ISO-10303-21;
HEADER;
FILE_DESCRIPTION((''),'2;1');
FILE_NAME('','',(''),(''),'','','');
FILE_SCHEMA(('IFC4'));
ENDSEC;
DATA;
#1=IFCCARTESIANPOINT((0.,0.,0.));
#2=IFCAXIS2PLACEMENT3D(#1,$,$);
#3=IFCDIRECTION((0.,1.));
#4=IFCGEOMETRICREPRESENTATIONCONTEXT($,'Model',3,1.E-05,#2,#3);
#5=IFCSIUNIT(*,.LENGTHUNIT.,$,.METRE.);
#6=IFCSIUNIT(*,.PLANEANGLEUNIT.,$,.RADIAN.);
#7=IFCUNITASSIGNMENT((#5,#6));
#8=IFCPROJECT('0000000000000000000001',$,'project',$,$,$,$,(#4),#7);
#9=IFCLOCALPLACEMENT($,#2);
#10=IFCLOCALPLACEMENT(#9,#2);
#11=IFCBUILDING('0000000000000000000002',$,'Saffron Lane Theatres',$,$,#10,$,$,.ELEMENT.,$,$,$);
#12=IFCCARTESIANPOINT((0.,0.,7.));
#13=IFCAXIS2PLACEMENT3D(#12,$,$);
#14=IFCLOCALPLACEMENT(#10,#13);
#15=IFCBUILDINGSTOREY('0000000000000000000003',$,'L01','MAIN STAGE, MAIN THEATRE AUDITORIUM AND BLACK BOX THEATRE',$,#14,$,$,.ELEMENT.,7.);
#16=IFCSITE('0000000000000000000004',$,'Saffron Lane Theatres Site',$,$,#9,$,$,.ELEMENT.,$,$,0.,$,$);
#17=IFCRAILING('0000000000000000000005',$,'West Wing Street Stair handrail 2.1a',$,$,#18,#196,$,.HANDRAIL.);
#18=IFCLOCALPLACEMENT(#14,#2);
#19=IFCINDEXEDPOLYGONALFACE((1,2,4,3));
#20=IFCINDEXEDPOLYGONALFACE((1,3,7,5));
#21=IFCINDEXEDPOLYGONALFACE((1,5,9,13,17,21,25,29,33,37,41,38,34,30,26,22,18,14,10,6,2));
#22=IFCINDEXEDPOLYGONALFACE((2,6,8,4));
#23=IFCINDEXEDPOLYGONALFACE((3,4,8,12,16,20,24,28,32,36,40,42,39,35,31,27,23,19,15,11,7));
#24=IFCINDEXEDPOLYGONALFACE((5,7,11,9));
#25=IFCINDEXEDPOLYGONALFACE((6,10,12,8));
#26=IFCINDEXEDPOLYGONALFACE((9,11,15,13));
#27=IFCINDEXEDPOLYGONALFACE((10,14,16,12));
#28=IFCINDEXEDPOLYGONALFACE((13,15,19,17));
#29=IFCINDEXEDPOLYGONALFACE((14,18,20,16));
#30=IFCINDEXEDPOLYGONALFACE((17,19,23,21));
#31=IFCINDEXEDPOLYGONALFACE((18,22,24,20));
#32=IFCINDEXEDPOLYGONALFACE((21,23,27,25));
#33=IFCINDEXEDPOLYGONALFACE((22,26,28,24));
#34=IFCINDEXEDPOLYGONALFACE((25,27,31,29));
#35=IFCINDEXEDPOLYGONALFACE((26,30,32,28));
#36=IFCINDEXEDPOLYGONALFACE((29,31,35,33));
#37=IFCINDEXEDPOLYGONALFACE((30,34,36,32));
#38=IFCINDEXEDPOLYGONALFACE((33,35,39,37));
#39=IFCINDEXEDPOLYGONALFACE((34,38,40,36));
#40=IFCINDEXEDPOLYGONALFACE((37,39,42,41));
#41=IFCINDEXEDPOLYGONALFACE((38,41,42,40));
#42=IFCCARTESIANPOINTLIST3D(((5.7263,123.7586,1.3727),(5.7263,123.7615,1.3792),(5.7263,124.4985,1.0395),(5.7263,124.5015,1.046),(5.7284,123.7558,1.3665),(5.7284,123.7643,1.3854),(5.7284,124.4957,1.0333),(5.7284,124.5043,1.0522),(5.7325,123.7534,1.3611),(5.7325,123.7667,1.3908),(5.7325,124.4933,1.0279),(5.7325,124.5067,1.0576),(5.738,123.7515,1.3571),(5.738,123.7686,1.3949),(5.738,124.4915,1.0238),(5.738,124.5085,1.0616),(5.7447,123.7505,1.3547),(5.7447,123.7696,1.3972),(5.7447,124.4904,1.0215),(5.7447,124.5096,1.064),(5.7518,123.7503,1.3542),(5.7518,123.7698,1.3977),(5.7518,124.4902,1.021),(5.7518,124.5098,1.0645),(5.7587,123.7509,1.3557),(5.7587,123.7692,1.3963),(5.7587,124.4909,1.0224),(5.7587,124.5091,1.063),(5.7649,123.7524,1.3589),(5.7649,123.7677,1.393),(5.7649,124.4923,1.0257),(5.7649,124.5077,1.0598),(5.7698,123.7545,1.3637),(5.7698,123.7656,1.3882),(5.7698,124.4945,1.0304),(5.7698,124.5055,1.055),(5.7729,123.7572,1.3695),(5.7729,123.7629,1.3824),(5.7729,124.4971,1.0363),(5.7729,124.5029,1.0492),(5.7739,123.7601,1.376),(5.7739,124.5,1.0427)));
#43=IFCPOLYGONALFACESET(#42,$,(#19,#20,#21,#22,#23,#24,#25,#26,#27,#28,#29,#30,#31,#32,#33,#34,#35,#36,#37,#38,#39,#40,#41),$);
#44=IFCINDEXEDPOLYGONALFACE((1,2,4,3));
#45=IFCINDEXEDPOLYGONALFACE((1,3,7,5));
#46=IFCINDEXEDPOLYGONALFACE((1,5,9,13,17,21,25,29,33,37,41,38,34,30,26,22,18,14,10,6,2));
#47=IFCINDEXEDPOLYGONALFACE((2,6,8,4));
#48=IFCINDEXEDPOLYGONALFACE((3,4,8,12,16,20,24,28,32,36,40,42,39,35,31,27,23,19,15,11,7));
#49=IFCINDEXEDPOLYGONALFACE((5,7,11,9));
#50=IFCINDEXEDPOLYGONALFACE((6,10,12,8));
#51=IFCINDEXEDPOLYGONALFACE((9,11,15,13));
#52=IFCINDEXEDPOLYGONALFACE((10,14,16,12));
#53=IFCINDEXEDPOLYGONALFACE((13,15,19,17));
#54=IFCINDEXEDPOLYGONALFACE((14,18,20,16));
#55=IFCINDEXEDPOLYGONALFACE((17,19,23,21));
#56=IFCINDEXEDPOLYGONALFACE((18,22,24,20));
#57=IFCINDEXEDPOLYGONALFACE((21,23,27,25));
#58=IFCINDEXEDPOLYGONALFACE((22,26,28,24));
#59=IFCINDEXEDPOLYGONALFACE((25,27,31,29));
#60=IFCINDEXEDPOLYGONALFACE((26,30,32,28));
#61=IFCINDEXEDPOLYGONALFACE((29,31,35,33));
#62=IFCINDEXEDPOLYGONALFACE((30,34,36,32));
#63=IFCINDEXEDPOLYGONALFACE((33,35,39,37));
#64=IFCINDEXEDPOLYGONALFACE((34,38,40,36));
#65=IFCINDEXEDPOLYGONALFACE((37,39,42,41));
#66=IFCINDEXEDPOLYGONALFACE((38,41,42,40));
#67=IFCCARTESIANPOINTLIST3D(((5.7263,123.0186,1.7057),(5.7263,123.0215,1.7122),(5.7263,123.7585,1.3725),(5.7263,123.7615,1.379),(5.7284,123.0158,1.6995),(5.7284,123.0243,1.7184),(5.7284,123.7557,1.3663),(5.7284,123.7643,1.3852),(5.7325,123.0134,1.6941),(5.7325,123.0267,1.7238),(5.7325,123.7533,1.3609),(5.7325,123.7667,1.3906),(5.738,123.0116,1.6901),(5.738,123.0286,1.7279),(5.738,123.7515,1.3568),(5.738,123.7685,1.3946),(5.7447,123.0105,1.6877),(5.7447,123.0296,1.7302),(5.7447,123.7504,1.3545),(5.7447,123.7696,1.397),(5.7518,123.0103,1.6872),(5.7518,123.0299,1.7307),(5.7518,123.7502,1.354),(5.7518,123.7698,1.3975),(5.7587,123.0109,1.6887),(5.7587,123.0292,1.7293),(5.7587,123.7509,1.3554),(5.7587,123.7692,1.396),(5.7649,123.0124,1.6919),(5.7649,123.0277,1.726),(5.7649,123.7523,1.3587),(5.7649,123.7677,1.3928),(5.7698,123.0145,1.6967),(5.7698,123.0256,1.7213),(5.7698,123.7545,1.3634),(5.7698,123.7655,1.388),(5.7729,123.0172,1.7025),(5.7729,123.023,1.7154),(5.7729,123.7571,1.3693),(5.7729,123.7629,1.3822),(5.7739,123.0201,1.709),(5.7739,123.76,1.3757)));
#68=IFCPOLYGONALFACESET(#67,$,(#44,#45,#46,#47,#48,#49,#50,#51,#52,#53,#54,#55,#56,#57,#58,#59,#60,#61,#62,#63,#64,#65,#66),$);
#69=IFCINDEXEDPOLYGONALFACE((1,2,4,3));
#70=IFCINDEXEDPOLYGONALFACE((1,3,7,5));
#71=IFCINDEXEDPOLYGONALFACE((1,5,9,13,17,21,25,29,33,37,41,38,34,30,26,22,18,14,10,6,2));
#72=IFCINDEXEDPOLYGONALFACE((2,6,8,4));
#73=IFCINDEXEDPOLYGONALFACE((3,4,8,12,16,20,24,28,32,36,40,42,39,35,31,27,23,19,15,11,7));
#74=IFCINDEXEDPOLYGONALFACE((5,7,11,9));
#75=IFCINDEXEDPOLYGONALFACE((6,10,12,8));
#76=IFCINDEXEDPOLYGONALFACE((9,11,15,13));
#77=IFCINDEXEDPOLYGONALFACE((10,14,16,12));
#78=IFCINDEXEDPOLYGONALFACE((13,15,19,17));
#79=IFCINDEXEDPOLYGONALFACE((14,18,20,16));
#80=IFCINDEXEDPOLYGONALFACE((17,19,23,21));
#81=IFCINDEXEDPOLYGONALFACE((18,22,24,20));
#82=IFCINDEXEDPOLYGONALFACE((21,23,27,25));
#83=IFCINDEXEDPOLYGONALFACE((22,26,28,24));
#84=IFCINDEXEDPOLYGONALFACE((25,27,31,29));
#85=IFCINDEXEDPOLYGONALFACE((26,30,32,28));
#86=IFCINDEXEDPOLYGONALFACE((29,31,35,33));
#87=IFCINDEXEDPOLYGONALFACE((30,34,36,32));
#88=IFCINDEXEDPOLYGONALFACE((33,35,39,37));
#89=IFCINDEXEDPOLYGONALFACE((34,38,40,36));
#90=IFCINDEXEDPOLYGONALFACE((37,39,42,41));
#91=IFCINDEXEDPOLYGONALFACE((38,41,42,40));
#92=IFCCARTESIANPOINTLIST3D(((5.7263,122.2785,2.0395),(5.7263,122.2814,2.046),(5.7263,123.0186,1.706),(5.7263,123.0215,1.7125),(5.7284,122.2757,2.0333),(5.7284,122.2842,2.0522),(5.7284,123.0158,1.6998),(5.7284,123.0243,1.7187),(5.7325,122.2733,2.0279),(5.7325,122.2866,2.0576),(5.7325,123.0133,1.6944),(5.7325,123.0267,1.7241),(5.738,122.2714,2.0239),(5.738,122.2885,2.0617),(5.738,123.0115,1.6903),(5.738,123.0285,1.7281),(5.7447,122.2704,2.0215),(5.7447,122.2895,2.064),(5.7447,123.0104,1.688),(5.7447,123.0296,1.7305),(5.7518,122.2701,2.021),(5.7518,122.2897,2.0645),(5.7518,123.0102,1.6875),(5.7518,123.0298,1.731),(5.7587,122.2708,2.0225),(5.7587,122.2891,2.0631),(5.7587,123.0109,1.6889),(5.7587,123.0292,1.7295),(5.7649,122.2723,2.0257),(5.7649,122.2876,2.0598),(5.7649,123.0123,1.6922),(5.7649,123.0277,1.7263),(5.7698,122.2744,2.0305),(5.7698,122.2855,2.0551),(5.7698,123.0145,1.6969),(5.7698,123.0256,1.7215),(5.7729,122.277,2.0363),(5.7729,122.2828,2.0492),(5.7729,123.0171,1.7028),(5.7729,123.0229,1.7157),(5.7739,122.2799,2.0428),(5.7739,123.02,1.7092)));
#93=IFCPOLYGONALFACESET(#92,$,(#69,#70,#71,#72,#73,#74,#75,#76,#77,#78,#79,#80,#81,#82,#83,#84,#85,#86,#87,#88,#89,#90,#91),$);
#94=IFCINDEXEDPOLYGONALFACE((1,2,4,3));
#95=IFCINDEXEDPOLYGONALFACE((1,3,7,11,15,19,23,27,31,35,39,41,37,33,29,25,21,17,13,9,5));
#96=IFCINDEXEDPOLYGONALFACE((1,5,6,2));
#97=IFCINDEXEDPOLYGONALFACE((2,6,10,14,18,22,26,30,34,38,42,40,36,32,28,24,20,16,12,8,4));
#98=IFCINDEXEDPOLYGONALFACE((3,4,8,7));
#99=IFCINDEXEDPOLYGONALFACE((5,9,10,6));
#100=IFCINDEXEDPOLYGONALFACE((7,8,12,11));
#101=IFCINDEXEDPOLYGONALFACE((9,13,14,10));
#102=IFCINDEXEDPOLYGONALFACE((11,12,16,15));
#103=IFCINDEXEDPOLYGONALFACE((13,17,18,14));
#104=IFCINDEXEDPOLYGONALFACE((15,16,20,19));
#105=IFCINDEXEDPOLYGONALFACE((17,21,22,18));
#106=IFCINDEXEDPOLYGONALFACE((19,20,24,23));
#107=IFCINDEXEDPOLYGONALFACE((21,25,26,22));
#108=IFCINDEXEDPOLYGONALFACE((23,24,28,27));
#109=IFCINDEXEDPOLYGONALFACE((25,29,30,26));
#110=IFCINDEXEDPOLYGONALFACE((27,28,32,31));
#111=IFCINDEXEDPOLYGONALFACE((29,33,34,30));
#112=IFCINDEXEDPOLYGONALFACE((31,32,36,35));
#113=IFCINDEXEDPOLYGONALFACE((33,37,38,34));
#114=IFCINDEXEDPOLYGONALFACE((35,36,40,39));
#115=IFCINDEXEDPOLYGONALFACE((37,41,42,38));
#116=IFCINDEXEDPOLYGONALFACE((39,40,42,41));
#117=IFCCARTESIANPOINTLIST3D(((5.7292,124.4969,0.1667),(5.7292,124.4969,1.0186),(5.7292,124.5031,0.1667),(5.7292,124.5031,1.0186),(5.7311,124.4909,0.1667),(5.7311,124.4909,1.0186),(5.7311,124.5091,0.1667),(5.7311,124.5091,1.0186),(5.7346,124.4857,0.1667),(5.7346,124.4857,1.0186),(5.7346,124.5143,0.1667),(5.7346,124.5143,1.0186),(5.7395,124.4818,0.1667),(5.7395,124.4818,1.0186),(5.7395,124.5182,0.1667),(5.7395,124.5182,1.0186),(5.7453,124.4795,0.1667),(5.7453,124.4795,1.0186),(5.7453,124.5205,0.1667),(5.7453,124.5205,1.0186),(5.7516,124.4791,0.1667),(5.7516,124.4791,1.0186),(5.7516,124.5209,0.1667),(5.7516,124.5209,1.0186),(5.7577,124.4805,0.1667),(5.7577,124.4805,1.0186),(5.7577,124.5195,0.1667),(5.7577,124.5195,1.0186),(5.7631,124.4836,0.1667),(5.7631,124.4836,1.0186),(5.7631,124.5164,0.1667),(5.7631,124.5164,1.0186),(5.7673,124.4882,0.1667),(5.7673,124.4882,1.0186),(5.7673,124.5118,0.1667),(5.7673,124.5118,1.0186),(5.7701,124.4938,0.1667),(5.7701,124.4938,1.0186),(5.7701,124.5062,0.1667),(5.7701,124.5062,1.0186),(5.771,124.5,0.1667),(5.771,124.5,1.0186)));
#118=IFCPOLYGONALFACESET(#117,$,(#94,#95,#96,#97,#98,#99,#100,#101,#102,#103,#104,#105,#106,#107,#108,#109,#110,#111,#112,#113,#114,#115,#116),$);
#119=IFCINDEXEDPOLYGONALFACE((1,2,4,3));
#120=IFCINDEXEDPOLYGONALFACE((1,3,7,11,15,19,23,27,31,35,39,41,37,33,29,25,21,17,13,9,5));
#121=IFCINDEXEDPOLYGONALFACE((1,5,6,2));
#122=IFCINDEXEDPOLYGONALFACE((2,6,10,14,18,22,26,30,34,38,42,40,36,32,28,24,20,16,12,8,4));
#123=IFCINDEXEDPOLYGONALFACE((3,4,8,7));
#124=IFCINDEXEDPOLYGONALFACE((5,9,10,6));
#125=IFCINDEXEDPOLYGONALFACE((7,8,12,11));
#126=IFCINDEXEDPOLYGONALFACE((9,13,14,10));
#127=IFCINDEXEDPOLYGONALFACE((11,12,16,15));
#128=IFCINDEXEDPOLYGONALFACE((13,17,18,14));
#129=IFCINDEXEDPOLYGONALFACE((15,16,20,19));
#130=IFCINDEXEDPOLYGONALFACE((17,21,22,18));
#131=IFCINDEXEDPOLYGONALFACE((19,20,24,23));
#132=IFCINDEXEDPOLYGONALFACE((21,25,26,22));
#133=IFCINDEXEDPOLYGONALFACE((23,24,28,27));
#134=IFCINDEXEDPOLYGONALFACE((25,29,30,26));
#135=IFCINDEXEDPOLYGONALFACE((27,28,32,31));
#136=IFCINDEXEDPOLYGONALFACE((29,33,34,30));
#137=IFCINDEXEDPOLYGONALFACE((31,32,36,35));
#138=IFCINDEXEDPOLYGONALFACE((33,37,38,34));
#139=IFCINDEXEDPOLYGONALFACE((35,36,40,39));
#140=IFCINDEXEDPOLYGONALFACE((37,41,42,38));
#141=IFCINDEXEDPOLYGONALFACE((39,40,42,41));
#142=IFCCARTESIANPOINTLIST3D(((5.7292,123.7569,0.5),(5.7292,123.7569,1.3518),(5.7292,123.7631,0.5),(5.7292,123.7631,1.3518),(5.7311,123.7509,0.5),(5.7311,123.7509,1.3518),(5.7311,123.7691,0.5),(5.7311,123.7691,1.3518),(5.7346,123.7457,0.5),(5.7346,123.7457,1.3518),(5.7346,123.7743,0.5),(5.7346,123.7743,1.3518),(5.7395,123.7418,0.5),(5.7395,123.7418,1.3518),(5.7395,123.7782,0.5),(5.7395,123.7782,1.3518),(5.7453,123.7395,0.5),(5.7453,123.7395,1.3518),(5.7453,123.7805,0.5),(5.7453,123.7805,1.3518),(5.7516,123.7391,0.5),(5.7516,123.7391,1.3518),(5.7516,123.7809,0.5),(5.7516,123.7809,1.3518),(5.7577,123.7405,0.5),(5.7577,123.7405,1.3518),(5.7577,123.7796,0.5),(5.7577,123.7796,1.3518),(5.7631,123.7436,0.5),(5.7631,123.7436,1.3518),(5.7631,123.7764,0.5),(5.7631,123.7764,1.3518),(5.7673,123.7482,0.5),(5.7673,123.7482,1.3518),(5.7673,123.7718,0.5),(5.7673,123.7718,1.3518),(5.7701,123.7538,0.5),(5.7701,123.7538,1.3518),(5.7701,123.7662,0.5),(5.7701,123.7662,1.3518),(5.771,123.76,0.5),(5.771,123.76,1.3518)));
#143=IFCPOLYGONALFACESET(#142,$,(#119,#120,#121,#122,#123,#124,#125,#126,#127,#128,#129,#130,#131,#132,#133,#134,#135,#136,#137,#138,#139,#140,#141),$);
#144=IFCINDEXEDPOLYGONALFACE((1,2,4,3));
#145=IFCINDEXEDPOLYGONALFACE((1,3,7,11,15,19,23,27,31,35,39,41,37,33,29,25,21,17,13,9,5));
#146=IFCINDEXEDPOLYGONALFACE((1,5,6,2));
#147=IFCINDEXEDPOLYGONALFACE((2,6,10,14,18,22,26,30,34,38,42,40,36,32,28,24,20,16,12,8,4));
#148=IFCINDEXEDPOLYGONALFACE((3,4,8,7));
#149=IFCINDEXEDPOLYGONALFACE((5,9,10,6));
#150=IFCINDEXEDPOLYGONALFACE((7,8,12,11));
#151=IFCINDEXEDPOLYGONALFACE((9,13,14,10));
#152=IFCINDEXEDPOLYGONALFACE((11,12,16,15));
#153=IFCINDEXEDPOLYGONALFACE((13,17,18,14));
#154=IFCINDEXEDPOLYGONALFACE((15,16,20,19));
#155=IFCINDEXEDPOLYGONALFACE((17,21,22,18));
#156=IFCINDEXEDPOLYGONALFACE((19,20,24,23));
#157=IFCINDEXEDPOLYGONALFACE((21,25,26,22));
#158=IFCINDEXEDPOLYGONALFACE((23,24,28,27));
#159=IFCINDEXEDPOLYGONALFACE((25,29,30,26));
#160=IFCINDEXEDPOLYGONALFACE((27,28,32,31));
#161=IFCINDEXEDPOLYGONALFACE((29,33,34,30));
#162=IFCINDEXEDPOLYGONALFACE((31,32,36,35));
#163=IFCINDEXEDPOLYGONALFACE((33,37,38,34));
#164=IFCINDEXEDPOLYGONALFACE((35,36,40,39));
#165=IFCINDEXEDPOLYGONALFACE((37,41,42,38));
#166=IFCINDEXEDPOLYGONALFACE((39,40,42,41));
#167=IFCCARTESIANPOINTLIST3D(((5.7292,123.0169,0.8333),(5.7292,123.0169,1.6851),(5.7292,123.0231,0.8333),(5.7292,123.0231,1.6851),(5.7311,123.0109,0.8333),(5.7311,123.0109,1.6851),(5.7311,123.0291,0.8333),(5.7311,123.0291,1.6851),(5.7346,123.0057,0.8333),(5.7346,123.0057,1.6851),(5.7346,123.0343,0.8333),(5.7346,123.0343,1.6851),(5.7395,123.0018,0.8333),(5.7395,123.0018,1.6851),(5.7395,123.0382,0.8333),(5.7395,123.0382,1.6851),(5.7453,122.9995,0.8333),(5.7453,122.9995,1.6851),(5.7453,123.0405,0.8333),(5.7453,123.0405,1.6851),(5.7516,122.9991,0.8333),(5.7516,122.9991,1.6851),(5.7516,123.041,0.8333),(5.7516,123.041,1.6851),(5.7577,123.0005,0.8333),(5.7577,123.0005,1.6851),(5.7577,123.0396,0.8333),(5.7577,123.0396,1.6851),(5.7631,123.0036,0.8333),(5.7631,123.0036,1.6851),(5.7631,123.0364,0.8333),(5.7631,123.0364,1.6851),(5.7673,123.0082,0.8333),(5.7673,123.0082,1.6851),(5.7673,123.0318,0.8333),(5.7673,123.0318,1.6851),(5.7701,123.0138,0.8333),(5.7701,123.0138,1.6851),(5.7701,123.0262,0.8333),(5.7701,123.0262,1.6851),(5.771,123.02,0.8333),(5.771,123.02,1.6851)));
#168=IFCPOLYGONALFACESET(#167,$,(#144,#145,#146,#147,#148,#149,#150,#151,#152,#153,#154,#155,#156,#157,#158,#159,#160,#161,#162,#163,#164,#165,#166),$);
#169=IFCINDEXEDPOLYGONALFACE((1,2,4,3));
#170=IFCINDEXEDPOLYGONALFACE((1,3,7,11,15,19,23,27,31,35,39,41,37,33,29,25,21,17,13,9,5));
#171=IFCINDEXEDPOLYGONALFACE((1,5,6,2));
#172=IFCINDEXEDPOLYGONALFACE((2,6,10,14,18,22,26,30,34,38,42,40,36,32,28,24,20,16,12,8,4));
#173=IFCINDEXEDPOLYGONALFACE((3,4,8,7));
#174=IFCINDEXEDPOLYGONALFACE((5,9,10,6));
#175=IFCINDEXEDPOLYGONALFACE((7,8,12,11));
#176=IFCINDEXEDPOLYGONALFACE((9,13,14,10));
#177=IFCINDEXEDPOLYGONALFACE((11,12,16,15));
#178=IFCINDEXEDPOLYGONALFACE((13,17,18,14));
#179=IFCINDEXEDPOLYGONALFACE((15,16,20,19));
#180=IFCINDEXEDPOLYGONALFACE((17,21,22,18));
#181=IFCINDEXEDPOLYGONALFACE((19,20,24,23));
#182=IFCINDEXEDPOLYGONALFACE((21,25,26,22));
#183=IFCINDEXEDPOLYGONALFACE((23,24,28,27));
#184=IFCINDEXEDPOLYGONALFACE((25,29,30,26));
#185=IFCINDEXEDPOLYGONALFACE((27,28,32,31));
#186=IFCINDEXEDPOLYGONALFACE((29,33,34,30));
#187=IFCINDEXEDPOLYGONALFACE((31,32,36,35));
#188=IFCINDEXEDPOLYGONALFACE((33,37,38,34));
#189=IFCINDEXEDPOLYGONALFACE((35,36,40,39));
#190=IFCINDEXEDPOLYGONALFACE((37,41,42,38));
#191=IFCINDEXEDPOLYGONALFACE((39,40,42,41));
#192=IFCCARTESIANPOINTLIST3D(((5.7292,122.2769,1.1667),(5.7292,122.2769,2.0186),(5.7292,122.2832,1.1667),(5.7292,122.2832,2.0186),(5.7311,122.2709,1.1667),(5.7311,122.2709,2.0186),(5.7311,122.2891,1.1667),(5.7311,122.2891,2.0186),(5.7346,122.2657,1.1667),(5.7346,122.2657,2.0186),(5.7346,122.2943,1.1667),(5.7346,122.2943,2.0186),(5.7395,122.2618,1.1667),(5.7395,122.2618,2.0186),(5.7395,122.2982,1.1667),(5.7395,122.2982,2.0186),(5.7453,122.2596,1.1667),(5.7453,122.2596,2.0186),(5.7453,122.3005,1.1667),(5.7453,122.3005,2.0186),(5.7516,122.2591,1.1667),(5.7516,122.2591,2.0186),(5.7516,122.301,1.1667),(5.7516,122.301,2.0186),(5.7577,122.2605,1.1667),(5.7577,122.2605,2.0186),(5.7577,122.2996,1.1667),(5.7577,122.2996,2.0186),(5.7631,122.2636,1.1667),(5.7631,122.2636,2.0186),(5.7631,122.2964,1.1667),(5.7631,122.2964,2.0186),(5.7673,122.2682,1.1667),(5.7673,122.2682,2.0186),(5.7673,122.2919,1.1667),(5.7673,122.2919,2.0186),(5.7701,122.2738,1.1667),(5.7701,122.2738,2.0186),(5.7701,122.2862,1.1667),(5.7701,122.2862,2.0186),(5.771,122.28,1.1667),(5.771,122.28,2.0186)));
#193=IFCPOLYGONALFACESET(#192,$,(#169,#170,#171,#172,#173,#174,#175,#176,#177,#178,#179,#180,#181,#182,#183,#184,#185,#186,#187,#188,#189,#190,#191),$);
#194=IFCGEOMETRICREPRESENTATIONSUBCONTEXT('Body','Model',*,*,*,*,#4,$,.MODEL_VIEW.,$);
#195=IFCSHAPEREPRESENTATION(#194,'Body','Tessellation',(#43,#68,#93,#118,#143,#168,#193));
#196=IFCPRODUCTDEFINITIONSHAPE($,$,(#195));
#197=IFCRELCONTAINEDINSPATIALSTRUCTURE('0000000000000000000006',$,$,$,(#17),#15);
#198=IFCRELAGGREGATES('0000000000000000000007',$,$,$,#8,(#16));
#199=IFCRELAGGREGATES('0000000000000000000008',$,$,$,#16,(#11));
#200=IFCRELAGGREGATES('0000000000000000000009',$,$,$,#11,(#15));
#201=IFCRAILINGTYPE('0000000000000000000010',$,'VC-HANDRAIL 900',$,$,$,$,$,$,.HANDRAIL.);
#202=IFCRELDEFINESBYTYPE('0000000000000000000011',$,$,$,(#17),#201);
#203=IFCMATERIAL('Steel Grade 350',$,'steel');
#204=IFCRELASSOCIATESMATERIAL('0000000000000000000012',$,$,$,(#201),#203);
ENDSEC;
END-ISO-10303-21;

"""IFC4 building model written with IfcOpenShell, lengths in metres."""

from ifc_helpers import new_model, si_unit, direction, frame, origin, origin_2d, place, context, subcontext, project, spatial, circle, extrude, material, type_object, element, save


model = new_model("IFC4")

# Units and contexts
model_context = context("Model", 3, precision=1e-05, world=origin(), true_north=direction((0.0, 1.0)))
body_context = subcontext(model_context, "Body", "Model", "MODEL_VIEW")
ifc_project = project(units=[si_unit("LENGTHUNIT", "METRE"), si_unit("PLANEANGLEUNIT", "RADIAN")], contexts=[model_context])

# Site, building, storey
site_placement = place(None, origin())
site = spatial("IfcSite", under=ifc_project, at=site_placement, Name="Saffron Lane Theatres Site", CompositionType="ELEMENT", RefElevation=0.0)
building_placement = place(site_placement, origin())
building = spatial("IfcBuilding", under=site, at=building_placement, Name="Saffron Lane Theatres", CompositionType="ELEMENT")
storey_placement = place(building_placement, frame((0.0, 0.0, 7.0)))
storey = spatial("IfcBuildingStorey", under=building, at=storey_placement, Name="L01", Description="MAIN STAGE, MAIN THEATRE AUDITORIUM AND BLACK BOX THEATRE", CompositionType="ELEMENT", Elevation=7.0)

# Railing
ifc_material_1 = material(Name="Steel Grade 350", Category="steel")
railing_type_1 = type_object("IfcRailingType", Name="VC-HANDRAIL 900", PredefinedType="HANDRAIL", material=ifc_material_1)
for number, where, name in (
    (1, (5.75, 124.5, 0.1667), "West Wing Street Stair handrail 2.1a"),
):
    element("IfcRailing", number, at=place(storey_placement, frame(where)), inside=storey, type_object=railing_type_1, Name=name, PredefinedType="HANDRAIL", context=body_context, shape_type="SweptSolid", body=[
        extrude(circle(Radius=0.0239, at=origin_2d()), frame((0.0, 0.0, 0.876), z_axis=(0.0, -0.911803, 0.410627), x_axis=(1.0, 0.0, 0.0)), (0.0, 0.0, 1.0), 0.8115),
        extrude(circle(Radius=0.0239, at=origin_2d()), frame((0.0, -0.74, 1.209), z_axis=(0.0, -0.911803, 0.410627), x_axis=(1.0, 0.0, 0.0)), (0.0, 0.0, 1.0), 0.8115),
        extrude(circle(Radius=0.0239, at=origin_2d()), frame((0.0, -1.48, 1.5425), z_axis=(0.0, -0.911691, 0.410877), x_axis=(1.0, 0.0, 0.0)), (0.0, 0.0, 1.0), 0.8118),
        extrude(circle(Radius=0.021, at=origin_2d()), origin(), (0.0, 0.0, 1.0), 0.8518),
        extrude(circle(Radius=0.021, at=origin_2d()), frame((0.0, -0.74, 0.3333)), (0.0, 0.0, 1.0), 0.8518),
        extrude(circle(Radius=0.021, at=origin_2d()), frame((0.0, -1.48, 0.6665)), (0.0, 0.0, 1.0), 0.8518),
        extrude(circle(Radius=0.021, at=origin_2d()), frame((0.0, -2.22, 1.0)), (0.0, 0.0, 1.0), 0.8518),
    ])

save(model, "model.ifc")
